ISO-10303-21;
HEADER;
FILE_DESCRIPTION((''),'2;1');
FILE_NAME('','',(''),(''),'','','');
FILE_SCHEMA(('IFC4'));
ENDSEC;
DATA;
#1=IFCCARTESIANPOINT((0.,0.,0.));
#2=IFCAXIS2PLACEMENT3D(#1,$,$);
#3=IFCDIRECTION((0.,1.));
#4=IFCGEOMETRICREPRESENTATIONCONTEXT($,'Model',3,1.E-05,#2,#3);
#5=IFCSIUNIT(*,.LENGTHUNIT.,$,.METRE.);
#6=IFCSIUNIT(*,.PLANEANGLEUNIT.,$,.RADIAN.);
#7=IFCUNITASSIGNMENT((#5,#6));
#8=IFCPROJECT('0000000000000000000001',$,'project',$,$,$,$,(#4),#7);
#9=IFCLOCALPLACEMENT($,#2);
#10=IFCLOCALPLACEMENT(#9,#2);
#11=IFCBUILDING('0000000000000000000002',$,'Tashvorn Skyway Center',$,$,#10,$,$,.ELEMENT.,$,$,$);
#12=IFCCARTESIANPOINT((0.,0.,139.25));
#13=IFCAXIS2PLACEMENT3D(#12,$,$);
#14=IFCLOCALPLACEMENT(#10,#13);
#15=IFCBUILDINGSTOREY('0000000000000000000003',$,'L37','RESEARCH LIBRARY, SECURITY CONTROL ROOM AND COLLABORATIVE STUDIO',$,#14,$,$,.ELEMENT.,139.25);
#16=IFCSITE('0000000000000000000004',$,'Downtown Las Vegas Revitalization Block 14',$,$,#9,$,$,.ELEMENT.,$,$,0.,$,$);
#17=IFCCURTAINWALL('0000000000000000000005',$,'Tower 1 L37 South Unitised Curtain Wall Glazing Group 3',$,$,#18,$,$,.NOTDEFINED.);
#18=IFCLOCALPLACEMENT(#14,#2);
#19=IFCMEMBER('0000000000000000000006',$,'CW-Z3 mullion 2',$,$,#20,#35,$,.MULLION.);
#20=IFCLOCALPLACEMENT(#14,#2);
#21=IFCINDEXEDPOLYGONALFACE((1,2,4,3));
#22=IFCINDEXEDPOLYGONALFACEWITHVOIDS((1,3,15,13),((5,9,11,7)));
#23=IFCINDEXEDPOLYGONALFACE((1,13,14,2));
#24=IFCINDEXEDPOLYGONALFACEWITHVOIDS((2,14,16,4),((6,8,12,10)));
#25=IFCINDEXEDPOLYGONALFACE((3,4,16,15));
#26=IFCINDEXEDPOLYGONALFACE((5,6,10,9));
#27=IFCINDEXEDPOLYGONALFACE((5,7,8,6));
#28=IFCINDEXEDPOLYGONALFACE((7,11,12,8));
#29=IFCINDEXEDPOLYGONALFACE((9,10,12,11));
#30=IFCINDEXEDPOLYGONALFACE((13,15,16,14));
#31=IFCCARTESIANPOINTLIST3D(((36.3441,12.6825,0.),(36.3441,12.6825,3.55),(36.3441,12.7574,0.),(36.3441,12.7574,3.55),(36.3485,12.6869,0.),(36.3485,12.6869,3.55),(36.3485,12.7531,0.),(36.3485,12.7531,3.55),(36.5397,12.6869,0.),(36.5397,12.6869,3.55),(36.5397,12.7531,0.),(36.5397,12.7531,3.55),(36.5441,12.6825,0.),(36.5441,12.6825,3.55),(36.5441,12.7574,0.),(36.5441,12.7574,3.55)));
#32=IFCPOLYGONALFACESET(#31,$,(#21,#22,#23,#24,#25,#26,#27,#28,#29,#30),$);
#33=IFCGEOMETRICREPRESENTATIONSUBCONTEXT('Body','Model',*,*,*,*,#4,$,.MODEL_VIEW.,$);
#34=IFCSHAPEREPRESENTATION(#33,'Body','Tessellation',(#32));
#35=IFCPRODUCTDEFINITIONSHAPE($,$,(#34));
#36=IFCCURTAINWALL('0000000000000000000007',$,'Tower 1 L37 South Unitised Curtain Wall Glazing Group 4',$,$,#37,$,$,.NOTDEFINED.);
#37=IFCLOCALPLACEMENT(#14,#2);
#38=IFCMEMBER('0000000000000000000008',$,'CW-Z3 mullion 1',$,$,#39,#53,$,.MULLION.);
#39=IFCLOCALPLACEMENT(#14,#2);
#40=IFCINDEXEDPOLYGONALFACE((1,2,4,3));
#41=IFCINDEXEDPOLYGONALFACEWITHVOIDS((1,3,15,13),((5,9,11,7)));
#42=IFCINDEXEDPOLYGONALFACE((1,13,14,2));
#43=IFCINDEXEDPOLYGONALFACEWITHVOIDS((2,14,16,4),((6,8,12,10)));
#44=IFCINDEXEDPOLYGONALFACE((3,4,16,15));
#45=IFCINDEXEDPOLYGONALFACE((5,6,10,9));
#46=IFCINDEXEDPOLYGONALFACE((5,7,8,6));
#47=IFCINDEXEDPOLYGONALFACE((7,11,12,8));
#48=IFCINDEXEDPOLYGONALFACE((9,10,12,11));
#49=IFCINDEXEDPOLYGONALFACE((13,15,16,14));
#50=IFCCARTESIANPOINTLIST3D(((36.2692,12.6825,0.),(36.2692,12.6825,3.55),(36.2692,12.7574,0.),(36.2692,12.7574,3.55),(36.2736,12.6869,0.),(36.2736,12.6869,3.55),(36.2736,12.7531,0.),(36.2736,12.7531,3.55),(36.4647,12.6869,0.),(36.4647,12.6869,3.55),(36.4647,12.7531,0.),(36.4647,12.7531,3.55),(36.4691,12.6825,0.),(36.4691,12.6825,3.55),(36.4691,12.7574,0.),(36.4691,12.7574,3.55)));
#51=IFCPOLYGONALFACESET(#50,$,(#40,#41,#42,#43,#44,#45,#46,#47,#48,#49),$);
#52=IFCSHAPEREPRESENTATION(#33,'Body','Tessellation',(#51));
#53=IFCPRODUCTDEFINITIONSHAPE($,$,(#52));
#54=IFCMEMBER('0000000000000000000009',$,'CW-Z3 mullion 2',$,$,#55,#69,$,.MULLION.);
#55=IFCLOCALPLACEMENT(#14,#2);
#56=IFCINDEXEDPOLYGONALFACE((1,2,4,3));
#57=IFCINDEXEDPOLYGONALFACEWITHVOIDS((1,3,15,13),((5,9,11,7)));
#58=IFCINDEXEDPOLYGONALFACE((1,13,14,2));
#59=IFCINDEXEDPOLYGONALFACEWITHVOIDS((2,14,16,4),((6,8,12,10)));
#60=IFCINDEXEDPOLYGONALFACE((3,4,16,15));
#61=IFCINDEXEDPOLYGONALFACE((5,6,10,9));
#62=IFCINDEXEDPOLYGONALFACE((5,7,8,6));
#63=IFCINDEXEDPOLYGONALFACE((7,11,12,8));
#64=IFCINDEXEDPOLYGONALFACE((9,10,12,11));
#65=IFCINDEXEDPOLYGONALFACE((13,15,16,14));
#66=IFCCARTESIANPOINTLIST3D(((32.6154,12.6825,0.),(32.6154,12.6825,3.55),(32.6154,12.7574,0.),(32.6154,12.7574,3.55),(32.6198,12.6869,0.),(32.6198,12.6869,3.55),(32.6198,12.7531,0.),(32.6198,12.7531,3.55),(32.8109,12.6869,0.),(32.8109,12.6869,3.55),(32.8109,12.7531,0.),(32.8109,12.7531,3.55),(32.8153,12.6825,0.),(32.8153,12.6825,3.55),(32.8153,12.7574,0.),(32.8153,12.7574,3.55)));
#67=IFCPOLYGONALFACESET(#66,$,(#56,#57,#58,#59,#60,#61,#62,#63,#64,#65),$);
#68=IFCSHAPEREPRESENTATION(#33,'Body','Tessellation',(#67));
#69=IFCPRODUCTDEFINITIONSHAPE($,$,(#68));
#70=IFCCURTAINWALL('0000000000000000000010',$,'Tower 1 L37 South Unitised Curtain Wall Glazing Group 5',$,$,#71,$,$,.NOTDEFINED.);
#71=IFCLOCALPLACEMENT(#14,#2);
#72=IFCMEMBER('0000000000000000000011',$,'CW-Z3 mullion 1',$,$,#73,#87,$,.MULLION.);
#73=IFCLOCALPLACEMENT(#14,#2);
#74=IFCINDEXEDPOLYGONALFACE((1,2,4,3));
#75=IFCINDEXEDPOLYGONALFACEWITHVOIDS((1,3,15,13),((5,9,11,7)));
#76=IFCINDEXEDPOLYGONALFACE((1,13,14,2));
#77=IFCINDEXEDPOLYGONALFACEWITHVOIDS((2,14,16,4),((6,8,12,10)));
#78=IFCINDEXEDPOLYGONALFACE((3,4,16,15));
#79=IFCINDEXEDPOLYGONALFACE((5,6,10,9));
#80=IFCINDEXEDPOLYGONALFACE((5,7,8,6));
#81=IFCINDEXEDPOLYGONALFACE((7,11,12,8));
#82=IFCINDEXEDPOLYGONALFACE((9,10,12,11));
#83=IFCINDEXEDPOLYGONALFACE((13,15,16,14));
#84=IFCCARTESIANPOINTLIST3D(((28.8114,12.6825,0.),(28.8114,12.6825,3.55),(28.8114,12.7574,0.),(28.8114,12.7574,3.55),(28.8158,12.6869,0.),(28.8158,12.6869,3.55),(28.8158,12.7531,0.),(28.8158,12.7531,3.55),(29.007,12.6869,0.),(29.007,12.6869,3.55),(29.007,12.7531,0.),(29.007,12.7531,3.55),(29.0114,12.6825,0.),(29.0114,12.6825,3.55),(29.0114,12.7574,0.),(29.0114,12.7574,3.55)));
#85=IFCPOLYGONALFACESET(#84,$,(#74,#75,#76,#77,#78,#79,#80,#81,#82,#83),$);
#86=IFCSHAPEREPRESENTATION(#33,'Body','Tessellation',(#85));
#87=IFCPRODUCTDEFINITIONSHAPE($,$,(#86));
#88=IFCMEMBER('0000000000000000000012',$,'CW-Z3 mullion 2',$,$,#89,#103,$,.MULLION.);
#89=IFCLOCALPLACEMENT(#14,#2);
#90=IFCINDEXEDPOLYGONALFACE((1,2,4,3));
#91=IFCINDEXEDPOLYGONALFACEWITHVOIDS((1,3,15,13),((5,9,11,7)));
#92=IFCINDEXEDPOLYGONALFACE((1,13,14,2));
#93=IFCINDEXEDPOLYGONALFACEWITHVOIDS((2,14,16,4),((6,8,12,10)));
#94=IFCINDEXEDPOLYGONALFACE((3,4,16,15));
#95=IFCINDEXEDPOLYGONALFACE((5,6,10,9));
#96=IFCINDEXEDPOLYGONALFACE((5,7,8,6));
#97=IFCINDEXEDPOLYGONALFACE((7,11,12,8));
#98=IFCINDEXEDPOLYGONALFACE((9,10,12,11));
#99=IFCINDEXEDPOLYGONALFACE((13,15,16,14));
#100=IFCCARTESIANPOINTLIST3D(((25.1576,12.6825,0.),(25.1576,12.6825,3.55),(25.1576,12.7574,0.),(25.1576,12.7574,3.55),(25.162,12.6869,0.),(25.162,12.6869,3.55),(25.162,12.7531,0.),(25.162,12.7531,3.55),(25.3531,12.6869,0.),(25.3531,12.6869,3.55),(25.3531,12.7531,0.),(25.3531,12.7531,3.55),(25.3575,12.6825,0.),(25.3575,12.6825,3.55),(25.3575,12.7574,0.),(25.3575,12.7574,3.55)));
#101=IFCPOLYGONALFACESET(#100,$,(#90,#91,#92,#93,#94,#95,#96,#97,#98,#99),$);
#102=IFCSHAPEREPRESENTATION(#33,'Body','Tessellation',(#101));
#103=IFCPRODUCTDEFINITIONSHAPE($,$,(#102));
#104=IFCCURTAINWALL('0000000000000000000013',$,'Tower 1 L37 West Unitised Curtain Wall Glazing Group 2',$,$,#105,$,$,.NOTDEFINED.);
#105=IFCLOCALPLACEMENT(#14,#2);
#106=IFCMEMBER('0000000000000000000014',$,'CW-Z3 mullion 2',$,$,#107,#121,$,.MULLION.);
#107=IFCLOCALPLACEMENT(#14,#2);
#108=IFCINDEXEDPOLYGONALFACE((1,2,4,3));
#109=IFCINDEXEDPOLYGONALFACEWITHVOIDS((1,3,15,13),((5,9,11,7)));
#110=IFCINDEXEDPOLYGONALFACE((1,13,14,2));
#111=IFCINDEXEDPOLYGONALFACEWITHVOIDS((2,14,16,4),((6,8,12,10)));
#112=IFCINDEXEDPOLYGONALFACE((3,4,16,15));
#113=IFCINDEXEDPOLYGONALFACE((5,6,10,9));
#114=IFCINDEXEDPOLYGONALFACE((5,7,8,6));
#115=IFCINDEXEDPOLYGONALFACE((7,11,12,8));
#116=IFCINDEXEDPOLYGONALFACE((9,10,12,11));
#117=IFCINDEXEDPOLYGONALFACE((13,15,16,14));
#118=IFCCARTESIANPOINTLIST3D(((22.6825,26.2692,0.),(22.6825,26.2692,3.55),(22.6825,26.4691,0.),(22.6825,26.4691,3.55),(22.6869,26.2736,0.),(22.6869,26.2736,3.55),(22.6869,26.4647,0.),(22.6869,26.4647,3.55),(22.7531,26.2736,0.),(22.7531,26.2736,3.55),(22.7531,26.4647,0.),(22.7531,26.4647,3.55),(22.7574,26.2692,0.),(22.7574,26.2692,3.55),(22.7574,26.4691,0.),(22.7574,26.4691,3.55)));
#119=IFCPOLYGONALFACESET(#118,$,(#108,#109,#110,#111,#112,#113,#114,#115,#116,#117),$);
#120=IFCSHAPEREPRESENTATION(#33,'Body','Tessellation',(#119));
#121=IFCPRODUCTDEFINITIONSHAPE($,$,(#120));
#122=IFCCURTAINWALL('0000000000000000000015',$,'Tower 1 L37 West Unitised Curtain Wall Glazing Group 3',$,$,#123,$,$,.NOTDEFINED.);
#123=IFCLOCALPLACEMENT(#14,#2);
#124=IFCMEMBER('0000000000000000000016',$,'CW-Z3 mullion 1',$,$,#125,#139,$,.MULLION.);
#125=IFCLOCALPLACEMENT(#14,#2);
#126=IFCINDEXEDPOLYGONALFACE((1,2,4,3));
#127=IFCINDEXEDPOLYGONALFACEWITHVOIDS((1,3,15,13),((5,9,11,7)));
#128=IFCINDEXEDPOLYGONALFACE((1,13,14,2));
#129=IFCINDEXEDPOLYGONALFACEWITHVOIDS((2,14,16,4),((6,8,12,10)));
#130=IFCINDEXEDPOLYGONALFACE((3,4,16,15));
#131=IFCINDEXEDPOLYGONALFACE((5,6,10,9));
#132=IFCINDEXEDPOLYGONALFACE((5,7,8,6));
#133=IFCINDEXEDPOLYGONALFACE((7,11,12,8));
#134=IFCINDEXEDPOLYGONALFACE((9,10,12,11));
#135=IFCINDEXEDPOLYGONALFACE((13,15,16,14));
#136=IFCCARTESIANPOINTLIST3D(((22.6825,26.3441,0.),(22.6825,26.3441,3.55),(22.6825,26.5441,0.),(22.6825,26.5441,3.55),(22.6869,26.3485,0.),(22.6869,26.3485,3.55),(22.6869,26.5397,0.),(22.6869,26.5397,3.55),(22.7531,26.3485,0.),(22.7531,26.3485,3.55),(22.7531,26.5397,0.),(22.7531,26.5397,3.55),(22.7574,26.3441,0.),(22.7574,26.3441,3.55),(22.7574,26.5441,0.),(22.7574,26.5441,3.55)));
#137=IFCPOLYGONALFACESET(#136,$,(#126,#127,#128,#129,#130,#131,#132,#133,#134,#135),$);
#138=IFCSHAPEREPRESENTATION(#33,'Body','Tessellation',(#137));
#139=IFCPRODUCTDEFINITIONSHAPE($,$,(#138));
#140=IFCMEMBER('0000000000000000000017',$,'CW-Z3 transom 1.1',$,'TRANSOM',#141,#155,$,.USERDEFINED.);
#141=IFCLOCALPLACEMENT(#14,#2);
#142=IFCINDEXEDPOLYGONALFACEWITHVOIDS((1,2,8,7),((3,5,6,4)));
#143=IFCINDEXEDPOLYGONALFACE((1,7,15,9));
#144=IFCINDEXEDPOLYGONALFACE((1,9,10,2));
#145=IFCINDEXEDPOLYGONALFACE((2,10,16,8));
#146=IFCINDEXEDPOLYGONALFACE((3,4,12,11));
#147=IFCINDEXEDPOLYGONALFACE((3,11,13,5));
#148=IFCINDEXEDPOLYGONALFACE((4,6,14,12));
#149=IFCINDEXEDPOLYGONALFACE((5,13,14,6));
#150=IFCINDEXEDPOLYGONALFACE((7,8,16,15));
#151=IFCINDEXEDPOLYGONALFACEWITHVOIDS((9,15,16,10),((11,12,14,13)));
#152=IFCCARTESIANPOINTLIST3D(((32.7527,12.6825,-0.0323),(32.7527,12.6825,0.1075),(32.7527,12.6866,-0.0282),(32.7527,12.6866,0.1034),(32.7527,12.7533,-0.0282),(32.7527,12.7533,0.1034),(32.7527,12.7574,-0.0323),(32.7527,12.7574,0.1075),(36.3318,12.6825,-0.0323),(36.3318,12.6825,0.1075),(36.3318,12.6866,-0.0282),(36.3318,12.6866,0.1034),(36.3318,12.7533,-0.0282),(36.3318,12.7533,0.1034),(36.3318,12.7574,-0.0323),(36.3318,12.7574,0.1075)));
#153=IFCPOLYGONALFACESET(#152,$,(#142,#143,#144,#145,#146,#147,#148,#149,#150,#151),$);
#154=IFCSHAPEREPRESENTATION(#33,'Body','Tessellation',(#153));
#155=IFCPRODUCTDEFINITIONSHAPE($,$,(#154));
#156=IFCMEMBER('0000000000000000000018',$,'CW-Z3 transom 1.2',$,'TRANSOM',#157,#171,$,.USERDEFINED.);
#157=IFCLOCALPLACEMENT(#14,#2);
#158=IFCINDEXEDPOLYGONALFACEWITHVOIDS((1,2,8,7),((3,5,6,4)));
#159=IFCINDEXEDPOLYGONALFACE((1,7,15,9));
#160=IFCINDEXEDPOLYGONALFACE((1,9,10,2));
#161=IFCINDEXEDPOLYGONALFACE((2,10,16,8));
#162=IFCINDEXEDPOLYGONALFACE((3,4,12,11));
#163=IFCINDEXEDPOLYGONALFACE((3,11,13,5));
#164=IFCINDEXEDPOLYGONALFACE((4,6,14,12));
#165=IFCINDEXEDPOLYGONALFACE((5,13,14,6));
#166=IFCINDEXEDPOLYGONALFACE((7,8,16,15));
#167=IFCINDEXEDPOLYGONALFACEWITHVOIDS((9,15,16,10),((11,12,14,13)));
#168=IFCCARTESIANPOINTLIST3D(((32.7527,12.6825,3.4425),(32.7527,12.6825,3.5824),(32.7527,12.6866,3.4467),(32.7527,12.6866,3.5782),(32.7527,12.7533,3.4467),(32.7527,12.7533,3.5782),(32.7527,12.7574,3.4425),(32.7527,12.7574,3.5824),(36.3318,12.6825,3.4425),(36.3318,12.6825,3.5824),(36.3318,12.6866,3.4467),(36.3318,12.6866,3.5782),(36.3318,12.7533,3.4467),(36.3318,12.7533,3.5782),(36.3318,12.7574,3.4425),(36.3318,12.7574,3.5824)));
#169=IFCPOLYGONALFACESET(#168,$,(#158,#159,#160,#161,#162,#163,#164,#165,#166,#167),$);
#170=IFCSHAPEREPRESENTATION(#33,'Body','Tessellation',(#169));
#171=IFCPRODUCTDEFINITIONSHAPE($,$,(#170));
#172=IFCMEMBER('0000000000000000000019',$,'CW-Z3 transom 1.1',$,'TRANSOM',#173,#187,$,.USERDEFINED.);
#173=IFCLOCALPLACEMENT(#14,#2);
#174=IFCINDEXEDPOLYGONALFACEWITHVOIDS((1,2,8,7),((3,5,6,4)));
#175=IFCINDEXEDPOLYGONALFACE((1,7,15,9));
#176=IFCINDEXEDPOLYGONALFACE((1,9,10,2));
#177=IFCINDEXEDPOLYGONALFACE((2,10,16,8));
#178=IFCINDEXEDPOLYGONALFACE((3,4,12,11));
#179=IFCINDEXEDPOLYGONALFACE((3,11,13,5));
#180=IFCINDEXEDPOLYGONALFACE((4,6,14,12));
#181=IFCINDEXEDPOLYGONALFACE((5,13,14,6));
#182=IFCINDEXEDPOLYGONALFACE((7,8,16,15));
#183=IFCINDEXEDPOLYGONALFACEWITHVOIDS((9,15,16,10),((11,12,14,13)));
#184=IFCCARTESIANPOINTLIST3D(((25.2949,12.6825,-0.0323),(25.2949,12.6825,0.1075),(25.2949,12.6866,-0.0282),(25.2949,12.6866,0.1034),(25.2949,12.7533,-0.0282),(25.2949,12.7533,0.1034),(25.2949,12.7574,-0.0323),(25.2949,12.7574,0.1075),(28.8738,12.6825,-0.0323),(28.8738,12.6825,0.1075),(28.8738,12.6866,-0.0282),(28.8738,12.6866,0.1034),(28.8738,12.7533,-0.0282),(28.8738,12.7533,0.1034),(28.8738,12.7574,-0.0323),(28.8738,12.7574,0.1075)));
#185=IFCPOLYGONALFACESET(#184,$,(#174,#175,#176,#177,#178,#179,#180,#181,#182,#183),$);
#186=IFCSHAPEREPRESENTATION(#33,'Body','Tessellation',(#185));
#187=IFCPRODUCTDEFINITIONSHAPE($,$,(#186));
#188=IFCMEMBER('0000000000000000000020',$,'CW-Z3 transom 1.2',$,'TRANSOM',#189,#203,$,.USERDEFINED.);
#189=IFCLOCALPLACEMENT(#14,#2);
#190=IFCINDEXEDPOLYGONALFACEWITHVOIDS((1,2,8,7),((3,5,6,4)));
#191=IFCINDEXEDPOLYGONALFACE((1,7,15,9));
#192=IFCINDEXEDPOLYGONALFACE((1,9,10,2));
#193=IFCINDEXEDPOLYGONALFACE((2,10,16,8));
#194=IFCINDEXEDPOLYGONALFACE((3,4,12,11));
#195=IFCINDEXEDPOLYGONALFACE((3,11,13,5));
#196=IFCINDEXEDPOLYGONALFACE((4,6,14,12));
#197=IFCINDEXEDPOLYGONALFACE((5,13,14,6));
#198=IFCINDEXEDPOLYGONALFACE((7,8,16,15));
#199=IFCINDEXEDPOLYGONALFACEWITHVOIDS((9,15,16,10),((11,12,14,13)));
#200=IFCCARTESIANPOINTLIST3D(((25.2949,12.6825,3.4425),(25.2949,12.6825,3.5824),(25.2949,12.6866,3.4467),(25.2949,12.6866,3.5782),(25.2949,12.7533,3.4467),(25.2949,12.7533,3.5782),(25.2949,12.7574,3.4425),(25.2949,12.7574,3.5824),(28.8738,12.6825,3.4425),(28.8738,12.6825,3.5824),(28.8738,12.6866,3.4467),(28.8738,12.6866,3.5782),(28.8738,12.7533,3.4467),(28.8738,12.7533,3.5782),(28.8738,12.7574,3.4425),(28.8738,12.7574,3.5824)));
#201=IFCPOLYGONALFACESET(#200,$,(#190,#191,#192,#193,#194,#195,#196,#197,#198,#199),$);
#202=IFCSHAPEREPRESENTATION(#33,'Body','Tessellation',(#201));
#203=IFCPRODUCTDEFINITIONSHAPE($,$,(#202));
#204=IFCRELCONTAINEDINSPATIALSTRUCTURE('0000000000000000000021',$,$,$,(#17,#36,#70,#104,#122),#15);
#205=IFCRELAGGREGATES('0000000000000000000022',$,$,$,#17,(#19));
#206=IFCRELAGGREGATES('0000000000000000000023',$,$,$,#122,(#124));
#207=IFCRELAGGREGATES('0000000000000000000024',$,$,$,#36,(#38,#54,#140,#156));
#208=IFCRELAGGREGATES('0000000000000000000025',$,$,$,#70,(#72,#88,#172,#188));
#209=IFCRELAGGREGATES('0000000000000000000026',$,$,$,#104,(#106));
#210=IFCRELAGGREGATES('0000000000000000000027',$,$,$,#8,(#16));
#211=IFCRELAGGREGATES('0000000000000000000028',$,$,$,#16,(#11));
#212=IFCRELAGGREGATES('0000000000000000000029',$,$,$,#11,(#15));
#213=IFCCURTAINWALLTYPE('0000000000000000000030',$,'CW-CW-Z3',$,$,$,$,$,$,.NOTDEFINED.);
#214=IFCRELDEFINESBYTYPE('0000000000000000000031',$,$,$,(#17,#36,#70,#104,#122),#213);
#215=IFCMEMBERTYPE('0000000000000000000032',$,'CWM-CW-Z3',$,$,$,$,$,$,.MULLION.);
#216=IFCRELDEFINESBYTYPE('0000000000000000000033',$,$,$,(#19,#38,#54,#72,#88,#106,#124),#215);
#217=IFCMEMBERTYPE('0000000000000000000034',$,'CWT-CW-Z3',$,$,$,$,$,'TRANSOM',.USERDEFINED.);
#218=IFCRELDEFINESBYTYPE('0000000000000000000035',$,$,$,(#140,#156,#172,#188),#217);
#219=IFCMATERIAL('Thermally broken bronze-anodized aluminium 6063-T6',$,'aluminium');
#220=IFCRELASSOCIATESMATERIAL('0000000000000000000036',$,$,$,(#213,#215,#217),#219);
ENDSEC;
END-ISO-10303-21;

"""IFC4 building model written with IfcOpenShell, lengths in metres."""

from ifc_helpers import new_model, si_unit, direction, frame, origin, origin_2d, place, context, subcontext, project, spatial, hollow_rectangle, extrude, material, material_profile, profile_set, type_object, element, aggregate, save


model = new_model("IFC4")

# Units and contexts
model_context = context("Model", 3, precision=1e-05, world=origin(), true_north=direction((0.0, 1.0)))
body_context = subcontext(model_context, "Body", "Model", "MODEL_VIEW")
ifc_project = project(units=[si_unit("LENGTHUNIT", "METRE"), si_unit("PLANEANGLEUNIT", "RADIAN")], contexts=[model_context])

# Site, building, storey
site_placement = place(None, origin())
site = spatial("IfcSite", under=ifc_project, at=site_placement, Name="Downtown Las Vegas Revitalization Block 14", CompositionType="ELEMENT", RefElevation=0.0)
building_placement = place(site_placement, origin())
building = spatial("IfcBuilding", under=site, at=building_placement, Name="Tashvorn Skyway Center", CompositionType="ELEMENT")
storey_placement = place(building_placement, frame((0.0, 0.0, 139.25)))
storey = spatial("IfcBuildingStorey", under=building, at=storey_placement, Name="L37", Description="RESEARCH LIBRARY, SECURITY CONTROL ROOM AND COLLABORATIVE STUDIO", CompositionType="ELEMENT", Elevation=139.25)

# Curtain wall, member
ifc_material_1 = material(Name="Thermally broken bronze-anodized aluminium 6063-T6", Category="aluminium")
curtain_wall_type = type_object("IfcCurtainWallType", Name="CW-CW-Z3", PredefinedType="NOTDEFINED", material=ifc_material_1)
curtain_wall_1_placement = place(storey_placement, origin())
curtain_wall_1 = element("IfcCurtainWall", 1, at=curtain_wall_1_placement, inside=storey, type_object=curtain_wall_type, Name="Tower 1 L37 South Unitised Curtain Wall Glazing Group 3", PredefinedType="NOTDEFINED")
ifc_material_profile_1 = material_profile(ifc_material_1, hollow_rectangle(XDim=0.075, YDim=0.2, WallThickness=0.0044, at=origin_2d()), Name="ALU-MULL-75x200")
ifc_profile_set_1 = profile_set([ifc_material_profile_1], Name="Thermally broken bronze-anodized aluminium 6063-T6")
member_type_1 = type_object("IfcMemberType", Name="CWM-CW-Z3", PredefinedType="MULLION", material=ifc_profile_set_1)
member_1_placement = place(storey_placement, frame((36.4441, 12.72, 0.0), z_axis=(0.0, 0.0, 1.0), x_axis=(0.0, -1.0, 0.0)))
member_1 = element("IfcMember", 2, at=member_1_placement, type_object=member_type_1, Name="CW-Z3 mullion 2", PredefinedType="MULLION", context=body_context, shape_type="SweptSolid", body=[
    extrude(hollow_rectangle(XDim=0.075, YDim=0.2, WallThickness=0.0044, at=origin_2d()), origin(), (0.0, 0.0, 1.0), 3.55),
])
aggregate(curtain_wall_1, [member_1])

# Curtain walls, members
curtain_wall_2_placement = place(storey_placement, origin())
curtain_wall_2 = element("IfcCurtainWall", 3, at=curtain_wall_2_placement, inside=storey, type_object=curtain_wall_type, Name="Tower 1 L37 South Unitised Curtain Wall Glazing Group 4", PredefinedType="NOTDEFINED")
member_2_placement = place(storey_placement, frame((36.3691, 12.72, 0.0), z_axis=(0.0, 0.0, 1.0), x_axis=(0.0, -1.0, 0.0)))
member_2 = element("IfcMember", 4, at=member_2_placement, type_object=member_type_1, Name="CW-Z3 mullion 1", PredefinedType="MULLION", context=body_context, shape_type="SweptSolid", body=[
    extrude(hollow_rectangle(XDim=0.075, YDim=0.2, WallThickness=0.0044, at=origin_2d()), origin(), (0.0, 0.0, 1.0), 3.55),
])
member_3_placement = place(storey_placement, frame((32.7153, 12.72, 0.0), z_axis=(0.0, 0.0, 1.0), x_axis=(0.0, -1.0, 0.0)))
member_3 = element("IfcMember", 5, at=member_3_placement, type_object=member_type_1, Name="CW-Z3 mullion 2", PredefinedType="MULLION", context=body_context, shape_type="SweptSolid", body=[
    extrude(hollow_rectangle(XDim=0.075, YDim=0.2, WallThickness=0.0044, at=origin_2d()), origin(), (0.0, 0.0, 1.0), 3.55),
])
curtain_wall_3_placement = place(storey_placement, origin())
curtain_wall_3 = element("IfcCurtainWall", 6, at=curtain_wall_3_placement, inside=storey, type_object=curtain_wall_type, Name="Tower 1 L37 South Unitised Curtain Wall Glazing Group 5", PredefinedType="NOTDEFINED")
member_4_placement = place(storey_placement, frame((28.9114, 12.72, 0.0), z_axis=(0.0, 0.0, 1.0), x_axis=(0.0, -1.0, 0.0)))
member_4 = element("IfcMember", 7, at=member_4_placement, type_object=member_type_1, Name="CW-Z3 mullion 1", PredefinedType="MULLION", context=body_context, shape_type="SweptSolid", body=[
    extrude(hollow_rectangle(XDim=0.075, YDim=0.2, WallThickness=0.0044, at=origin_2d()), origin(), (0.0, 0.0, 1.0), 3.55),
])
member_5_placement = place(storey_placement, frame((25.2576, 12.72, 0.0), z_axis=(0.0, 0.0, 1.0), x_axis=(0.0, -1.0, 0.0)))
member_5 = element("IfcMember", 8, at=member_5_placement, type_object=member_type_1, Name="CW-Z3 mullion 2", PredefinedType="MULLION", context=body_context, shape_type="SweptSolid", body=[
    extrude(hollow_rectangle(XDim=0.075, YDim=0.2, WallThickness=0.0044, at=origin_2d()), origin(), (0.0, 0.0, 1.0), 3.55),
])

# Curtain walls, members
curtain_wall_4_placement = place(storey_placement, origin())
curtain_wall_4 = element("IfcCurtainWall", 9, at=curtain_wall_4_placement, inside=storey, type_object=curtain_wall_type, Name="Tower 1 L37 West Unitised Curtain Wall Glazing Group 2", PredefinedType="NOTDEFINED")
member_6_placement = place(storey_placement, frame((22.72, 26.3691, 0.0), z_axis=(0.0, 0.0, 1.0), x_axis=(-1.0, 0.0, 0.0)))
member_6 = element("IfcMember", 10, at=member_6_placement, type_object=member_type_1, Name="CW-Z3 mullion 2", PredefinedType="MULLION", context=body_context, shape_type="SweptSolid", body=[
    extrude(hollow_rectangle(XDim=0.075, YDim=0.2, WallThickness=0.0044, at=origin_2d()), origin(), (0.0, 0.0, 1.0), 3.55),
])
curtain_wall_5_placement = place(storey_placement, origin())
curtain_wall_5 = element("IfcCurtainWall", 11, at=curtain_wall_5_placement, inside=storey, type_object=curtain_wall_type, Name="Tower 1 L37 West Unitised Curtain Wall Glazing Group 3", PredefinedType="NOTDEFINED")
member_7_placement = place(storey_placement, frame((22.72, 26.4441, 0.0), z_axis=(0.0, 0.0, 1.0), x_axis=(-1.0, 0.0, 0.0)))
member_7 = element("IfcMember", 12, at=member_7_placement, type_object=member_type_1, Name="CW-Z3 mullion 1", PredefinedType="MULLION", context=body_context, shape_type="SweptSolid", body=[
    extrude(hollow_rectangle(XDim=0.075, YDim=0.2, WallThickness=0.0044, at=origin_2d()), origin(), (0.0, 0.0, 1.0), 3.55),
])

# Members
ifc_material_profile_2 = material_profile(ifc_material_1, hollow_rectangle(XDim=0.075, YDim=0.1399, WallThickness=0.0042, at=origin_2d()), Name="ALU-TRAN-75x140")
ifc_profile_set_2 = profile_set([ifc_material_profile_2], Name="Thermally broken bronze-anodized aluminium 6063-T6")
member_type_2 = type_object("IfcMemberType", Name="CWT-CW-Z3", ElementType="TRANSOM", PredefinedType="USERDEFINED", material=ifc_profile_set_2)
member_8_placement = place(storey_placement, frame((36.3318, 12.72, 0.0376), z_axis=(-1.0, 0.0, 0.0), x_axis=(0.0, -1.0, 0.0)))
member_8 = element("IfcMember", 13, at=member_8_placement, type_object=member_type_2, Name="CW-Z3 transom 1.1", ObjectType="TRANSOM", PredefinedType="USERDEFINED", context=body_context, shape_type="SweptSolid", body=[
    extrude(hollow_rectangle(XDim=0.075, YDim=0.1399, WallThickness=0.0042, at=origin_2d()), origin(), (0.0, 0.0, 1.0), 3.5791),
])
member_9_placement = place(storey_placement, frame((36.3318, 12.72, 3.5125), z_axis=(-1.0, 0.0, 0.0), x_axis=(0.0, -1.0, 0.0)))
member_9 = element("IfcMember", 14, at=member_9_placement, type_object=member_type_2, Name="CW-Z3 transom 1.2", ObjectType="TRANSOM", PredefinedType="USERDEFINED", context=body_context, shape_type="SweptSolid", body=[
    extrude(hollow_rectangle(XDim=0.075, YDim=0.1399, WallThickness=0.0042, at=origin_2d()), origin(), (0.0, 0.0, 1.0), 3.5791),
])
member_10_placement = place(storey_placement, frame((28.8738, 12.72, 0.0376), z_axis=(-1.0, 0.0, 0.0), x_axis=(0.0, -1.0, 0.0)))
member_10 = element("IfcMember", 15, at=member_10_placement, type_object=member_type_2, Name="CW-Z3 transom 1.1", ObjectType="TRANSOM", PredefinedType="USERDEFINED", context=body_context, shape_type="SweptSolid", body=[
    extrude(hollow_rectangle(XDim=0.075, YDim=0.1399, WallThickness=0.0042, at=origin_2d()), origin(), (0.0, 0.0, 1.0), 3.5789),
])
member_11_placement = place(storey_placement, frame((28.8738, 12.72, 3.5125), z_axis=(-1.0, 0.0, 0.0), x_axis=(0.0, -1.0, 0.0)))
member_11 = element("IfcMember", 16, at=member_11_placement, type_object=member_type_2, Name="CW-Z3 transom 1.2", ObjectType="TRANSOM", PredefinedType="USERDEFINED", context=body_context, shape_type="SweptSolid", body=[
    extrude(hollow_rectangle(XDim=0.075, YDim=0.1399, WallThickness=0.0042, at=origin_2d()), origin(), (0.0, 0.0, 1.0), 3.5789),
])
aggregate(curtain_wall_5, [member_7])

aggregate(curtain_wall_2, [member_2, member_3, member_8, member_9])
aggregate(curtain_wall_3, [member_4, member_5, member_10, member_11])
aggregate(curtain_wall_4, [member_6])

save(model, "model.ifc")
